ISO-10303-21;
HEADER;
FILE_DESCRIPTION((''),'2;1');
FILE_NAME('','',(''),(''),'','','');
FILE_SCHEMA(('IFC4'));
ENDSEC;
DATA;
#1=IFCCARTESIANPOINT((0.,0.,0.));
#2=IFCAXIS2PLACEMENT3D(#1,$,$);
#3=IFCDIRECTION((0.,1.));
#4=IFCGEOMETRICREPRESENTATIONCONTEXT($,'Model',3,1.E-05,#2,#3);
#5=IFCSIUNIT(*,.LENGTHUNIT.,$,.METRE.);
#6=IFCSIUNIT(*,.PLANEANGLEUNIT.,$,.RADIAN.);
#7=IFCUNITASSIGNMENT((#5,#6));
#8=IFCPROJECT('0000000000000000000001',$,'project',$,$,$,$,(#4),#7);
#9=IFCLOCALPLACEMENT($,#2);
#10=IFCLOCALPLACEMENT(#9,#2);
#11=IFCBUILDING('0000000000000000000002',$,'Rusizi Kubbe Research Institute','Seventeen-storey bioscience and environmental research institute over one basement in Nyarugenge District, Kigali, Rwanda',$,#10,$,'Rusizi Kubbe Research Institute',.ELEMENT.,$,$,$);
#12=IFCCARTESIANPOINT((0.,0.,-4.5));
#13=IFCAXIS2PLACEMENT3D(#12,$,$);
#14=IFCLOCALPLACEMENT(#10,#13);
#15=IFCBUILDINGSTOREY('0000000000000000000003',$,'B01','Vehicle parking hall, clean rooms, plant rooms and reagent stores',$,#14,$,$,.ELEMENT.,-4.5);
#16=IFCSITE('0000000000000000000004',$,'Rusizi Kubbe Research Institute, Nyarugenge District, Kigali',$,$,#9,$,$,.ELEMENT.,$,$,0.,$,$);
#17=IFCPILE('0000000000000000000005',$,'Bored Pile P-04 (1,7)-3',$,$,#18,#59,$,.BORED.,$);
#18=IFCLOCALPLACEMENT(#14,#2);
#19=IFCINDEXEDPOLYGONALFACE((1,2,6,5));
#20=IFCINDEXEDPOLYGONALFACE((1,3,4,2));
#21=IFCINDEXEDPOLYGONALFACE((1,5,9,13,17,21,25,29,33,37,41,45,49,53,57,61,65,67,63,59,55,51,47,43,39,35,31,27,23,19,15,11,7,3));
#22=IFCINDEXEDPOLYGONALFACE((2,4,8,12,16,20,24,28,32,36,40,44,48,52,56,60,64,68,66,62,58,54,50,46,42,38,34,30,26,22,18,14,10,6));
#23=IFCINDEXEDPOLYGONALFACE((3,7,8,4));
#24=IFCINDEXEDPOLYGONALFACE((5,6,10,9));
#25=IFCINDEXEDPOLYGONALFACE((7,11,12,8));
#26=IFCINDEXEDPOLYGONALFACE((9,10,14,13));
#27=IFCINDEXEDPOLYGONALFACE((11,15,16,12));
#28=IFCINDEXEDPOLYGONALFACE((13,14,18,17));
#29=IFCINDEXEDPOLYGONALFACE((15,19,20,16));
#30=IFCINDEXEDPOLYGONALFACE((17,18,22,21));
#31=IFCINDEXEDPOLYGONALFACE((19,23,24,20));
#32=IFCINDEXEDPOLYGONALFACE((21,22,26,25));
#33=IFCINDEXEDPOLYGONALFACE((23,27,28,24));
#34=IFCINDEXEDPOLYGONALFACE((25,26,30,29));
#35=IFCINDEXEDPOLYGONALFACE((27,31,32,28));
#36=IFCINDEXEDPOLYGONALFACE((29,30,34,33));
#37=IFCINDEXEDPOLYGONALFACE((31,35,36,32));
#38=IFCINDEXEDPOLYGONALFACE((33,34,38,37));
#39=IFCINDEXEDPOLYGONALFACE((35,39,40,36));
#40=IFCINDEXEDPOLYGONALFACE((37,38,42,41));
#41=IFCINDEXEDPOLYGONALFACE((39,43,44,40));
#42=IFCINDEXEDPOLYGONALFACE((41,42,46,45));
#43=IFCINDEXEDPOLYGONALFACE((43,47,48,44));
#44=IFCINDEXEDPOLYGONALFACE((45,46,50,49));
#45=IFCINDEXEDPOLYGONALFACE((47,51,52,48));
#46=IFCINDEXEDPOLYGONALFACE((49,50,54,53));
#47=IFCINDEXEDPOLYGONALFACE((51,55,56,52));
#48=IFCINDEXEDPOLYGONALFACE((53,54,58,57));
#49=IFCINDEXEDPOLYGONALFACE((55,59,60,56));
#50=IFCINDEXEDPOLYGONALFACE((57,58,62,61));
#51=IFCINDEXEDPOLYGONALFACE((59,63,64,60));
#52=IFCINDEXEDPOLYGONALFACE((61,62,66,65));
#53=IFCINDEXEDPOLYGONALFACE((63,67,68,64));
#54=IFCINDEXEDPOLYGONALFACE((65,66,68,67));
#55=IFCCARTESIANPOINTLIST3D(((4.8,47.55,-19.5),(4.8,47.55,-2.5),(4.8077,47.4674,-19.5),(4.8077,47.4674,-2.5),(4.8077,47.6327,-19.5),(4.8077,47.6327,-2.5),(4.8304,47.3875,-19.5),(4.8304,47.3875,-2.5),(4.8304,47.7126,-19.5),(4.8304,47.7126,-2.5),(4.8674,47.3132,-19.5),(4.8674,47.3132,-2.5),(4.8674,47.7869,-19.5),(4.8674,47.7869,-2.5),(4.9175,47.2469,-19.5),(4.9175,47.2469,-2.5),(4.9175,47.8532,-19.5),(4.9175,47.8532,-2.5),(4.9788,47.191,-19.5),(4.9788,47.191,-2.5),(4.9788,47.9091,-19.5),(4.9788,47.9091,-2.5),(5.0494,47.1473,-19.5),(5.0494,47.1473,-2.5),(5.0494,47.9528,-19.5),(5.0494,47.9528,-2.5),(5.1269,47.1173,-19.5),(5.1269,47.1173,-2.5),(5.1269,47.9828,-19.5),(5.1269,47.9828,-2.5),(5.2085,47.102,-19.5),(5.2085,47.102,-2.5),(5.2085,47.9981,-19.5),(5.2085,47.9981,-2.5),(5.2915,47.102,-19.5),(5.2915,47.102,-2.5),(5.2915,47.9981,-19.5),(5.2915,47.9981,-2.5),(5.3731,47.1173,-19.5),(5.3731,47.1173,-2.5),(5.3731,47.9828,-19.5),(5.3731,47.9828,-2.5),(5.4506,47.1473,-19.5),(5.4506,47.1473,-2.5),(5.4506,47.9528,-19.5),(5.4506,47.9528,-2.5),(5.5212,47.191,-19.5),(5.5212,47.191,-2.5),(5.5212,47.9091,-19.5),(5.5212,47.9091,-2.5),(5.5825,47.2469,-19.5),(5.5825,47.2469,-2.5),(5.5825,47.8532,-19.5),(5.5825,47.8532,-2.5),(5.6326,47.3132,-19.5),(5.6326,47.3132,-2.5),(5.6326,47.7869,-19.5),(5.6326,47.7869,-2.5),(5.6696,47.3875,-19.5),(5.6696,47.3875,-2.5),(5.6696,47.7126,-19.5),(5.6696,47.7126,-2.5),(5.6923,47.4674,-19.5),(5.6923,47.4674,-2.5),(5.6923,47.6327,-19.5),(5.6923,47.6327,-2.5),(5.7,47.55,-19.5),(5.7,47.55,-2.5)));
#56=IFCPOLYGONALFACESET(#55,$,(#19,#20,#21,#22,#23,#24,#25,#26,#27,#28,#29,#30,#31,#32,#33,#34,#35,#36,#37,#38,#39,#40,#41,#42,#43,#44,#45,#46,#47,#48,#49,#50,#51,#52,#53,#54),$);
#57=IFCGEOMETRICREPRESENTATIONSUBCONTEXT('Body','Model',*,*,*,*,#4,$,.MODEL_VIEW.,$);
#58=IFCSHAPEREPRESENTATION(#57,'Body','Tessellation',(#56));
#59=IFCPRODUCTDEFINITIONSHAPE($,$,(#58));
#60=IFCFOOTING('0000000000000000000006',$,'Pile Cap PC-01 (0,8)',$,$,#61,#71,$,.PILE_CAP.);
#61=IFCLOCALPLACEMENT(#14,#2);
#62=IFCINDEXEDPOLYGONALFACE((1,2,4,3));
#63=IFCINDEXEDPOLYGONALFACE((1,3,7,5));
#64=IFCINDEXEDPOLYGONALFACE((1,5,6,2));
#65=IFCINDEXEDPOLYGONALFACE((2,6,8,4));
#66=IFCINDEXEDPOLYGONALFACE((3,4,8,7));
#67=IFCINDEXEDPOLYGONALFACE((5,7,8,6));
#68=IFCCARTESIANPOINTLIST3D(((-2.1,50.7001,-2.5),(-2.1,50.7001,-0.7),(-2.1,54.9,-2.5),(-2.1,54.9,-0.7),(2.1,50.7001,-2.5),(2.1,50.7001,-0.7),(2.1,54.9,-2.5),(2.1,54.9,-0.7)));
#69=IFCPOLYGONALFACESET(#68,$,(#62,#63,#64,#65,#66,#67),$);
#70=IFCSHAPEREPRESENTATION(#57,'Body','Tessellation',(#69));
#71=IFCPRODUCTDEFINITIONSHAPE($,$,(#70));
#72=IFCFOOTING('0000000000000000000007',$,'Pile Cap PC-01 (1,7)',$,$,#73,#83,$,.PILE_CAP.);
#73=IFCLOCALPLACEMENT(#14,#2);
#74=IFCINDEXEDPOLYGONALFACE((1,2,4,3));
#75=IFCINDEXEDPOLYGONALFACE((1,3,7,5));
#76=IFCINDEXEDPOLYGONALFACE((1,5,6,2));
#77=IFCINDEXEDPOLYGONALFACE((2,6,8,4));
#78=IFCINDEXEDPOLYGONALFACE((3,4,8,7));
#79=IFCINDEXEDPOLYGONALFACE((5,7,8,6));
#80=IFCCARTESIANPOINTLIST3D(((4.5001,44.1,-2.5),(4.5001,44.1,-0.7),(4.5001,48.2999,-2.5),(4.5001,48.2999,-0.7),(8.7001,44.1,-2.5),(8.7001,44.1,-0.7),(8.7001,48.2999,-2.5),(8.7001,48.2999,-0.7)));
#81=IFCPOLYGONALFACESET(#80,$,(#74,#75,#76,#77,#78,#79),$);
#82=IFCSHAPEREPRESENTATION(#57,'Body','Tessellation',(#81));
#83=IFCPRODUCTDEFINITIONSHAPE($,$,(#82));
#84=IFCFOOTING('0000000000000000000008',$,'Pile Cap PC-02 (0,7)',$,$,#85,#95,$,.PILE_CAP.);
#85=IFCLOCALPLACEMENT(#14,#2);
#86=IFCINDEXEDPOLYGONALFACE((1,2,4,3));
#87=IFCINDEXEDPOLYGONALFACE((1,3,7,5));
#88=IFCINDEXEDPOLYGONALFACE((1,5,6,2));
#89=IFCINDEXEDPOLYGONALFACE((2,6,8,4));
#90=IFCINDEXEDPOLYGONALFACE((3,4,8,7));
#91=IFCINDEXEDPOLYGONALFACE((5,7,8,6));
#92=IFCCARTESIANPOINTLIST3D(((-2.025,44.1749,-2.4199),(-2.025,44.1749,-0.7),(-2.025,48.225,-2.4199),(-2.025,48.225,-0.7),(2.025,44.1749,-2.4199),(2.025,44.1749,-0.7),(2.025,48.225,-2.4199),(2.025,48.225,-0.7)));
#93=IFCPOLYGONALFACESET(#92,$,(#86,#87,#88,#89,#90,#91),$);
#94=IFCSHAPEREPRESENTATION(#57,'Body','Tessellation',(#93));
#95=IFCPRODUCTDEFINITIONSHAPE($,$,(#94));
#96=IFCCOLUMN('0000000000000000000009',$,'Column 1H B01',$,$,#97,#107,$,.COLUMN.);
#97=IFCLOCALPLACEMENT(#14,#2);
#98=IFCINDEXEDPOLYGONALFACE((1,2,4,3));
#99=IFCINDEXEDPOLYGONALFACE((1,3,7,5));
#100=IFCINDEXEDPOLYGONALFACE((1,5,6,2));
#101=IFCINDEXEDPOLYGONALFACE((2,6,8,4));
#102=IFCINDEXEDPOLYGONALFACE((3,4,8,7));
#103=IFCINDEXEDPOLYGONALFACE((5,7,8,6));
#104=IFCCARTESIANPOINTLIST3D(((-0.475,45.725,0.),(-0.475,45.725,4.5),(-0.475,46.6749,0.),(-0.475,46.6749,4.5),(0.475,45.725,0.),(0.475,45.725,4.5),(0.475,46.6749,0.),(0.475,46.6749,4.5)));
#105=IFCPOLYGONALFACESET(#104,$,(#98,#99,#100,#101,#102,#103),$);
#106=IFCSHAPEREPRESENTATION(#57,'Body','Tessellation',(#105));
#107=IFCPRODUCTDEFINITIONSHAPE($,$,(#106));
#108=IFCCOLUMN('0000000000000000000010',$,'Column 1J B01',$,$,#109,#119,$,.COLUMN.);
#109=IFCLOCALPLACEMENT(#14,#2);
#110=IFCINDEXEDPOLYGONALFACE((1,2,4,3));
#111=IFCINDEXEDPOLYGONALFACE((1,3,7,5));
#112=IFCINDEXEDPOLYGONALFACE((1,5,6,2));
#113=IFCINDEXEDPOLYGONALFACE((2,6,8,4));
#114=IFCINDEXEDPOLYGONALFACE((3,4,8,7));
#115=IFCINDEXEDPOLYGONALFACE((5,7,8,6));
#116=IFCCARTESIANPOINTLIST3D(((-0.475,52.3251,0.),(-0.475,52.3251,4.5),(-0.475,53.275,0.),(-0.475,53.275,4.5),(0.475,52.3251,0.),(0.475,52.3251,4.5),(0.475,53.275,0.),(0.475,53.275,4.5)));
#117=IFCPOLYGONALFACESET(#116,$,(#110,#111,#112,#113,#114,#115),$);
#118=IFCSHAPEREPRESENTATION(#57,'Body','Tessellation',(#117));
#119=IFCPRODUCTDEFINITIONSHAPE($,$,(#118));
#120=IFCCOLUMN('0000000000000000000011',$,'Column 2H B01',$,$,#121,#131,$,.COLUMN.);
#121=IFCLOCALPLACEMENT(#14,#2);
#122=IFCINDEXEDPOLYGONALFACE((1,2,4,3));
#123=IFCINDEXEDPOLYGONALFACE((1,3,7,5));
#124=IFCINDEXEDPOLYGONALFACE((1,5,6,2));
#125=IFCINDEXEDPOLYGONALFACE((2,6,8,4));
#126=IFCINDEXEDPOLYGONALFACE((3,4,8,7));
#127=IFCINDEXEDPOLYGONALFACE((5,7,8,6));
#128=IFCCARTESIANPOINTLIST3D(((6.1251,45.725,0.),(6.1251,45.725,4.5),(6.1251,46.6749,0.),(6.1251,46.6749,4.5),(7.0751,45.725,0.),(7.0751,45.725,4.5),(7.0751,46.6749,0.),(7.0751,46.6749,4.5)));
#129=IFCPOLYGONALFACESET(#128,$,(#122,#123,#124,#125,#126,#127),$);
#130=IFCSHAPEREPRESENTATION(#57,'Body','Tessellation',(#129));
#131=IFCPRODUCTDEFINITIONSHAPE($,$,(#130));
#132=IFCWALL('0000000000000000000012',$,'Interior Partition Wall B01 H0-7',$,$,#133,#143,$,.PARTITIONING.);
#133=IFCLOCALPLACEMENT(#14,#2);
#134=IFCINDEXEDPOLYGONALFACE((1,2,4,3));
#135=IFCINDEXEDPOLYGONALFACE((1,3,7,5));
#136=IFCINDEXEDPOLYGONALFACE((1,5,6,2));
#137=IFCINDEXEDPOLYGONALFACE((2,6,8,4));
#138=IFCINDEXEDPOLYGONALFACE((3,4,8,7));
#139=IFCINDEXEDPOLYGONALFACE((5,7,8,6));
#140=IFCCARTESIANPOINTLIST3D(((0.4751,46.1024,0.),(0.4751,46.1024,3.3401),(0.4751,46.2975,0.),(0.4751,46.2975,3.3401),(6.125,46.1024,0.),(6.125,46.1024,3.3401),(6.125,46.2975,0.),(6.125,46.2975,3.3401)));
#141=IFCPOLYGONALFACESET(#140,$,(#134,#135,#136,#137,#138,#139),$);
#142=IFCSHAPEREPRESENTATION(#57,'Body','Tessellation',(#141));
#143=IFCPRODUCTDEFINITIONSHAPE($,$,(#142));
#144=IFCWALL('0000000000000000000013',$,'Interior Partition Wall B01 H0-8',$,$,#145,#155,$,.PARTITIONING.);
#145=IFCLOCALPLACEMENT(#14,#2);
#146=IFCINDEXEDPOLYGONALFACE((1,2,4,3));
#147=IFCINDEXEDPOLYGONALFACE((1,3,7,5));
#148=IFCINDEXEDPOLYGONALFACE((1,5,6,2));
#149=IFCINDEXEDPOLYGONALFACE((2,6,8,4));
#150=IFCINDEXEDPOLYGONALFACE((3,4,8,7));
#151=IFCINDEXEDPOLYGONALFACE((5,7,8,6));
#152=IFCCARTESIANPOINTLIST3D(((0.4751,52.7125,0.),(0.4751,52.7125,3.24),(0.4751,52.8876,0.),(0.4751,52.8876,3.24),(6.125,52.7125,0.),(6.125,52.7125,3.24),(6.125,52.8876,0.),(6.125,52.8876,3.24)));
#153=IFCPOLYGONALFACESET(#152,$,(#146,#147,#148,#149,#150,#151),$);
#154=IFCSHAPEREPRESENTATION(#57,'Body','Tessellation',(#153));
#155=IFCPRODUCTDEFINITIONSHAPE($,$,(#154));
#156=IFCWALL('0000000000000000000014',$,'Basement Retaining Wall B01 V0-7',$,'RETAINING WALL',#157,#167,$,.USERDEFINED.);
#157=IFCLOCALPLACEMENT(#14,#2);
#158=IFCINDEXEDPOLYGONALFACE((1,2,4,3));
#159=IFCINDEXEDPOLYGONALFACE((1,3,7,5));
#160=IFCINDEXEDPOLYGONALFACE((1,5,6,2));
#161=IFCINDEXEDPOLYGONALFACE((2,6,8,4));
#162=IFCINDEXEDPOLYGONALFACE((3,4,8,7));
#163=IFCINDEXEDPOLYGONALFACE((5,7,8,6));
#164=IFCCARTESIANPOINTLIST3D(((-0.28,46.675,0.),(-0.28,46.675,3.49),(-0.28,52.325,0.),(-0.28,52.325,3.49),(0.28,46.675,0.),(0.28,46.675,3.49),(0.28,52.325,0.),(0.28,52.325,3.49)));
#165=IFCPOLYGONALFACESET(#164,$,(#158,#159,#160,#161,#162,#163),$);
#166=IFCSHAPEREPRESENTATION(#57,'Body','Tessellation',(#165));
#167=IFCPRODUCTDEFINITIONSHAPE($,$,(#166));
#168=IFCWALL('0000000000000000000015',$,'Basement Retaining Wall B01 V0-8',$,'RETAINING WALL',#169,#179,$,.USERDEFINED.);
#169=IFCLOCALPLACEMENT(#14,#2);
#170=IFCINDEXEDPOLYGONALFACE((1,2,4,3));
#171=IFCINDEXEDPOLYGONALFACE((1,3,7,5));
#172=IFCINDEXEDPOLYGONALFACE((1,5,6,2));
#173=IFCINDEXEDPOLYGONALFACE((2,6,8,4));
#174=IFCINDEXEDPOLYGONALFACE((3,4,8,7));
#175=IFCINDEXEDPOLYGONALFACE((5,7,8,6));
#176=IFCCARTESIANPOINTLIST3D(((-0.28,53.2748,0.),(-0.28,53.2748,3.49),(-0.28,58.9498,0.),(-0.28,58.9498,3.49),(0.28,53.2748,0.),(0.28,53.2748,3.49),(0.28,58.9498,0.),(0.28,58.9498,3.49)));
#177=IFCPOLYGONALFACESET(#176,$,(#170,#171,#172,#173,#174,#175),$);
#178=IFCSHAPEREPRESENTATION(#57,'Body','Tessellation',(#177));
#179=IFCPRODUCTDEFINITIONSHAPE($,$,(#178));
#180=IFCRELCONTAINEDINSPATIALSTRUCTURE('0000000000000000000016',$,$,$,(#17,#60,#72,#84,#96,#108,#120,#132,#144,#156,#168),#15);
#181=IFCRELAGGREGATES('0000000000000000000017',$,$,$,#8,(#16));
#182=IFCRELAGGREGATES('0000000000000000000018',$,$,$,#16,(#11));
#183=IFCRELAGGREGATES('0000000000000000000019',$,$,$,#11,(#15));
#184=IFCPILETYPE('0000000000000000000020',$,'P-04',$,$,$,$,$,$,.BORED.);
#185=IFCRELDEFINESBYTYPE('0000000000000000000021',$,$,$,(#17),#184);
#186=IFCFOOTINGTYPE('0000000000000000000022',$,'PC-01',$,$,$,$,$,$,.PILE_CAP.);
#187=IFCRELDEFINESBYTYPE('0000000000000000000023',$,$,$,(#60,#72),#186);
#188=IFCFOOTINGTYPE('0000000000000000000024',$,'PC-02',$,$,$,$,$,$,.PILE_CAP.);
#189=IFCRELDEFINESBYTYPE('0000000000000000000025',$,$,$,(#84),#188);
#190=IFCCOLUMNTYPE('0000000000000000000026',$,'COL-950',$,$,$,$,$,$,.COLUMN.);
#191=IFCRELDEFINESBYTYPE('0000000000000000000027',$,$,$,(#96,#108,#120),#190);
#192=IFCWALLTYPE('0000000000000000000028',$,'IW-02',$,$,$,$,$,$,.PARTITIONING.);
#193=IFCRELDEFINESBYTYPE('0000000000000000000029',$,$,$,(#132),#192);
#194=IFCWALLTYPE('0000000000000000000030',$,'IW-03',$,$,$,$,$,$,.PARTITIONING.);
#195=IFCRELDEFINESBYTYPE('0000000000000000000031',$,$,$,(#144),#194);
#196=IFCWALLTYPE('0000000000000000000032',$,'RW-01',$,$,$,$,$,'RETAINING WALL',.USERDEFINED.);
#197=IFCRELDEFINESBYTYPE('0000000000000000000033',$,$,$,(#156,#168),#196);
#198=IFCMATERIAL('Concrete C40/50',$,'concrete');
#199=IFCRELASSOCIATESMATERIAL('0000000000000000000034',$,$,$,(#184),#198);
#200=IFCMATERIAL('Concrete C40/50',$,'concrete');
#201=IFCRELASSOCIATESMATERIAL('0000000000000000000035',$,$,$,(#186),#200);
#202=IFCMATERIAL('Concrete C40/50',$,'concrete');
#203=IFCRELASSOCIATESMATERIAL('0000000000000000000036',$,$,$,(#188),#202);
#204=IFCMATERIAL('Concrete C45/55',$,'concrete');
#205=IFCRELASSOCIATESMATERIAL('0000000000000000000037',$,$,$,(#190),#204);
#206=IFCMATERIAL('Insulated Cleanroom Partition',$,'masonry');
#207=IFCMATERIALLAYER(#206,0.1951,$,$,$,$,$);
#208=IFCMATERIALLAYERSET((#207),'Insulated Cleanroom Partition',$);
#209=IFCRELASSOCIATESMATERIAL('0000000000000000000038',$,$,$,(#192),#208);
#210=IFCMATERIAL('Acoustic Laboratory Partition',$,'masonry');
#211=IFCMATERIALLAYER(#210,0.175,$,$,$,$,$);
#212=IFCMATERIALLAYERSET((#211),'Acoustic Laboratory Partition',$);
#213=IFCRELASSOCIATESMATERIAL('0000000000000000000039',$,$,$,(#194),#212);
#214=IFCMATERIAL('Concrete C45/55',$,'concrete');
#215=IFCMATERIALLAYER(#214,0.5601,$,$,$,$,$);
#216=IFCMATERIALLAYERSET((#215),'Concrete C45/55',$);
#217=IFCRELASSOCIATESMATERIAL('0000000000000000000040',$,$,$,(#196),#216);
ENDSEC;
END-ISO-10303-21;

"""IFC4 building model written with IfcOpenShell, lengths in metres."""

from ifc_helpers import new_model, si_unit, direction, frame, frame_2d, origin, origin_2d, place, context, subcontext, project, spatial, rectangle, circle, extrude, material, layer, layer_set, material_profile, profile_set, type_object, element, save


model = new_model("IFC4")

# Units and contexts
model_context = context("Model", 3, precision=1e-05, world=origin(), true_north=direction((0.0, 1.0)))
body_context = subcontext(model_context, "Body", "Model", "MODEL_VIEW")
ifc_project = project(units=[si_unit("LENGTHUNIT", "METRE"), si_unit("PLANEANGLEUNIT", "RADIAN")], contexts=[model_context])

# Site, building, storey
site_placement = place(None, origin())
site = spatial("IfcSite", under=ifc_project, at=site_placement, Name="Rusizi Kubbe Research Institute, Nyarugenge District, Kigali", CompositionType="ELEMENT", RefElevation=0.0)
building_placement = place(site_placement, origin())
building = spatial("IfcBuilding", under=site, at=building_placement, Name="Rusizi Kubbe Research Institute", Description="Seventeen-storey bioscience and environmental research institute over one basement in Nyarugenge District, Kigali, Rwanda", LongName="Rusizi Kubbe Research Institute", CompositionType="ELEMENT")
storey_placement = place(building_placement, frame((0.0, 0.0, -4.5)))
storey = spatial("IfcBuildingStorey", under=building, at=storey_placement, Name="B01", Description="Vehicle parking hall, clean rooms, plant rooms and reagent stores", CompositionType="ELEMENT", Elevation=-4.5)

# Pile
ifc_material_1 = material(Name="Concrete C40/50", Category="concrete")
ifc_material_profile_1 = material_profile(ifc_material_1, circle(Radius=0.45, at=origin_2d()), Name="PILE-D900")
ifc_profile_set_1 = profile_set([ifc_material_profile_1], Name="Concrete C40/50")
pile_type_1 = type_object("IfcPileType", Name="P-04", PredefinedType="BORED", material=ifc_profile_set_1)
for number, where, z_axis, x_axis, name in (
    (1, (5.25, 47.55, -2.5), (0.0, 0.0, -1.0), (1.0, 0.0, 0.0), "Bored Pile P-04 (1,7)-3"),
):
    element("IfcPile", number, at=place(storey_placement, frame(where, z_axis=z_axis, x_axis=x_axis)), inside=storey, type_object=pile_type_1, Name=name, PredefinedType="BORED", context=body_context, shape_type="SweptSolid", body=[
        extrude(circle(Radius=0.45, at=origin_2d()), origin(), (0.0, 0.0, 1.0), 17.0),
    ])

# Footings
ifc_material_2 = material(Name="Concrete C40/50", Category="concrete")
footing_type_1 = type_object("IfcFootingType", Name="PC-01", PredefinedType="PILE_CAP", material=ifc_material_2)
for number, where, z_axis, x_axis, name in (
    (2, (0.0, 52.8, -2.5), (0.0, 0.0, 1.0), (1.0, 0.0, 0.0), "Pile Cap PC-01 (0,8)"),
    (3, (6.6001, 46.2, -2.5), (0.0, 0.0, 1.0), (1.0, 0.0, 0.0), "Pile Cap PC-01 (1,7)"),
):
    element("IfcFooting", number, at=place(storey_placement, frame(where, z_axis=z_axis, x_axis=x_axis)), inside=storey, type_object=footing_type_1, Name=name, PredefinedType="PILE_CAP", context=body_context, shape_type="SweptSolid", body=[
        extrude(rectangle(XDim=4.2, YDim=4.2, at=origin_2d()), origin(), (0.0, 0.0, 1.0), 1.8),
    ])
ifc_material_3 = material(Name="Concrete C40/50", Category="concrete")
footing_type_2 = type_object("IfcFootingType", Name="PC-02", PredefinedType="PILE_CAP", material=ifc_material_3)
footing_placement = place(storey_placement, frame((0.0, 46.2, -2.4199), z_axis=(0.0, 0.0, 1.0), x_axis=(1.0, 0.0, 0.0)))
element("IfcFooting", 4, at=footing_placement, inside=storey, type_object=footing_type_2, Name="Pile Cap PC-02 (0,7)", PredefinedType="PILE_CAP", context=body_context, shape_type="SweptSolid", body=[
    extrude(rectangle(XDim=4.05, YDim=4.05, at=origin_2d()), origin(), (0.0, 0.0, 1.0), 1.72),
])

# Columns
ifc_material_4 = material(Name="Concrete C45/55", Category="concrete")
ifc_material_profile_2 = material_profile(ifc_material_4, rectangle(XDim=0.95, YDim=0.95, at=origin_2d()), Name="RC950x950")
ifc_profile_set_2 = profile_set([ifc_material_profile_2], Name="Concrete C45/55")
column_type = type_object("IfcColumnType", Name="COL-950", PredefinedType="COLUMN", material=ifc_profile_set_2)
for number, where, z_axis, x_axis, name in (
    (5, (0.0, 46.2, 0.0), (0.0, 0.0, 1.0), (1.0, 0.0, 0.0), "Column 1H B01"),
    (6, (0.0, 52.8, 0.0), (0.0, 0.0, 1.0), (1.0, 0.0, 0.0), "Column 1J B01"),
    (7, (6.6001, 46.2, 0.0), (0.0, 0.0, 1.0), (1.0, 0.0, 0.0), "Column 2H B01"),
):
    element("IfcColumn", number, at=place(storey_placement, frame(where, z_axis=z_axis, x_axis=x_axis)), inside=storey, type_object=column_type, Name=name, PredefinedType="COLUMN", context=body_context, shape_type="SweptSolid", body=[
        extrude(rectangle(XDim=0.95, YDim=0.95, at=origin_2d()), origin(), (0.0, 0.0, 1.0), 4.5),
    ])

# Walls
ifc_material_5 = material(Name="Insulated Cleanroom Partition", Category="masonry")
ifc_layer_1 = layer(ifc_material_5, 0.1951)
ifc_layer_set_1 = layer_set([ifc_layer_1], Name="Insulated Cleanroom Partition")
wall_type_1 = type_object("IfcWallType", Name="IW-02", PredefinedType="PARTITIONING", material=ifc_layer_set_1)
wall_1_placement = place(storey_placement, frame((0.4751, 46.2, 0.0), z_axis=(0.0, 0.0, 1.0), x_axis=(1.0, 0.0, 0.0)))
element("IfcWall", 8, at=wall_1_placement, inside=storey, type_object=wall_type_1, Name="Interior Partition Wall B01 H0-7", PredefinedType="PARTITIONING", context=body_context, shape_type="SweptSolid", body=[
    extrude(rectangle(XDim=5.6499, YDim=0.1951, at=frame_2d((2.825, 0.0))), origin(), (0.0, 0.0, 1.0), 3.3401),
])
ifc_material_6 = material(Name="Acoustic Laboratory Partition", Category="masonry")
ifc_layer_2 = layer(ifc_material_6, 0.175)
ifc_layer_set_2 = layer_set([ifc_layer_2], Name="Acoustic Laboratory Partition")
wall_type_2 = type_object("IfcWallType", Name="IW-03", PredefinedType="PARTITIONING", material=ifc_layer_set_2)
wall_2_placement = place(storey_placement, frame((0.4751, 52.8, 0.0), z_axis=(0.0, 0.0, 1.0), x_axis=(1.0, 0.0, 0.0)))
element("IfcWall", 9, at=wall_2_placement, inside=storey, type_object=wall_type_2, Name="Interior Partition Wall B01 H0-8", PredefinedType="PARTITIONING", context=body_context, shape_type="SweptSolid", body=[
    extrude(rectangle(XDim=5.6499, YDim=0.175, at=frame_2d((2.825, 0.0))), origin(), (0.0, 0.0, 1.0), 3.24),
])
ifc_material_7 = material(Name="Concrete C45/55", Category="concrete")
ifc_layer_3 = layer(ifc_material_7, 0.5601)
ifc_layer_set_3 = layer_set([ifc_layer_3], Name="Concrete C45/55")
wall_type_3 = type_object("IfcWallType", Name="RW-01", ElementType="RETAINING WALL", PredefinedType="USERDEFINED", material=ifc_layer_set_3)
wall_3_placement = place(storey_placement, frame((0.0, 46.675, 0.0), z_axis=(0.0, 0.0, 1.0), x_axis=(0.0, 1.0, 0.0)))
element("IfcWall", 10, at=wall_3_placement, inside=storey, type_object=wall_type_3, Name="Basement Retaining Wall B01 V0-7", ObjectType="RETAINING WALL", PredefinedType="USERDEFINED", context=body_context, shape_type="SweptSolid", body=[
    extrude(rectangle(XDim=5.6499, YDim=0.5601, at=frame_2d((2.825, 0.0))), origin(), (0.0, 0.0, 1.0), 3.49),
])
wall_4_placement = place(storey_placement, frame((0.0, 53.2749, 0.0), z_axis=(0.0, 0.0, 1.0), x_axis=(0.0, 1.0, 0.0)))
element("IfcWall", 11, at=wall_4_placement, inside=storey, type_object=wall_type_3, Name="Basement Retaining Wall B01 V0-8", ObjectType="RETAINING WALL", PredefinedType="USERDEFINED", context=body_context, shape_type="SweptSolid", body=[
    extrude(rectangle(XDim=5.675, YDim=0.5601, at=frame_2d((2.8374, 0.0))), origin(), (0.0, 0.0, 1.0), 3.49),
])

save(model, "model.ifc")
